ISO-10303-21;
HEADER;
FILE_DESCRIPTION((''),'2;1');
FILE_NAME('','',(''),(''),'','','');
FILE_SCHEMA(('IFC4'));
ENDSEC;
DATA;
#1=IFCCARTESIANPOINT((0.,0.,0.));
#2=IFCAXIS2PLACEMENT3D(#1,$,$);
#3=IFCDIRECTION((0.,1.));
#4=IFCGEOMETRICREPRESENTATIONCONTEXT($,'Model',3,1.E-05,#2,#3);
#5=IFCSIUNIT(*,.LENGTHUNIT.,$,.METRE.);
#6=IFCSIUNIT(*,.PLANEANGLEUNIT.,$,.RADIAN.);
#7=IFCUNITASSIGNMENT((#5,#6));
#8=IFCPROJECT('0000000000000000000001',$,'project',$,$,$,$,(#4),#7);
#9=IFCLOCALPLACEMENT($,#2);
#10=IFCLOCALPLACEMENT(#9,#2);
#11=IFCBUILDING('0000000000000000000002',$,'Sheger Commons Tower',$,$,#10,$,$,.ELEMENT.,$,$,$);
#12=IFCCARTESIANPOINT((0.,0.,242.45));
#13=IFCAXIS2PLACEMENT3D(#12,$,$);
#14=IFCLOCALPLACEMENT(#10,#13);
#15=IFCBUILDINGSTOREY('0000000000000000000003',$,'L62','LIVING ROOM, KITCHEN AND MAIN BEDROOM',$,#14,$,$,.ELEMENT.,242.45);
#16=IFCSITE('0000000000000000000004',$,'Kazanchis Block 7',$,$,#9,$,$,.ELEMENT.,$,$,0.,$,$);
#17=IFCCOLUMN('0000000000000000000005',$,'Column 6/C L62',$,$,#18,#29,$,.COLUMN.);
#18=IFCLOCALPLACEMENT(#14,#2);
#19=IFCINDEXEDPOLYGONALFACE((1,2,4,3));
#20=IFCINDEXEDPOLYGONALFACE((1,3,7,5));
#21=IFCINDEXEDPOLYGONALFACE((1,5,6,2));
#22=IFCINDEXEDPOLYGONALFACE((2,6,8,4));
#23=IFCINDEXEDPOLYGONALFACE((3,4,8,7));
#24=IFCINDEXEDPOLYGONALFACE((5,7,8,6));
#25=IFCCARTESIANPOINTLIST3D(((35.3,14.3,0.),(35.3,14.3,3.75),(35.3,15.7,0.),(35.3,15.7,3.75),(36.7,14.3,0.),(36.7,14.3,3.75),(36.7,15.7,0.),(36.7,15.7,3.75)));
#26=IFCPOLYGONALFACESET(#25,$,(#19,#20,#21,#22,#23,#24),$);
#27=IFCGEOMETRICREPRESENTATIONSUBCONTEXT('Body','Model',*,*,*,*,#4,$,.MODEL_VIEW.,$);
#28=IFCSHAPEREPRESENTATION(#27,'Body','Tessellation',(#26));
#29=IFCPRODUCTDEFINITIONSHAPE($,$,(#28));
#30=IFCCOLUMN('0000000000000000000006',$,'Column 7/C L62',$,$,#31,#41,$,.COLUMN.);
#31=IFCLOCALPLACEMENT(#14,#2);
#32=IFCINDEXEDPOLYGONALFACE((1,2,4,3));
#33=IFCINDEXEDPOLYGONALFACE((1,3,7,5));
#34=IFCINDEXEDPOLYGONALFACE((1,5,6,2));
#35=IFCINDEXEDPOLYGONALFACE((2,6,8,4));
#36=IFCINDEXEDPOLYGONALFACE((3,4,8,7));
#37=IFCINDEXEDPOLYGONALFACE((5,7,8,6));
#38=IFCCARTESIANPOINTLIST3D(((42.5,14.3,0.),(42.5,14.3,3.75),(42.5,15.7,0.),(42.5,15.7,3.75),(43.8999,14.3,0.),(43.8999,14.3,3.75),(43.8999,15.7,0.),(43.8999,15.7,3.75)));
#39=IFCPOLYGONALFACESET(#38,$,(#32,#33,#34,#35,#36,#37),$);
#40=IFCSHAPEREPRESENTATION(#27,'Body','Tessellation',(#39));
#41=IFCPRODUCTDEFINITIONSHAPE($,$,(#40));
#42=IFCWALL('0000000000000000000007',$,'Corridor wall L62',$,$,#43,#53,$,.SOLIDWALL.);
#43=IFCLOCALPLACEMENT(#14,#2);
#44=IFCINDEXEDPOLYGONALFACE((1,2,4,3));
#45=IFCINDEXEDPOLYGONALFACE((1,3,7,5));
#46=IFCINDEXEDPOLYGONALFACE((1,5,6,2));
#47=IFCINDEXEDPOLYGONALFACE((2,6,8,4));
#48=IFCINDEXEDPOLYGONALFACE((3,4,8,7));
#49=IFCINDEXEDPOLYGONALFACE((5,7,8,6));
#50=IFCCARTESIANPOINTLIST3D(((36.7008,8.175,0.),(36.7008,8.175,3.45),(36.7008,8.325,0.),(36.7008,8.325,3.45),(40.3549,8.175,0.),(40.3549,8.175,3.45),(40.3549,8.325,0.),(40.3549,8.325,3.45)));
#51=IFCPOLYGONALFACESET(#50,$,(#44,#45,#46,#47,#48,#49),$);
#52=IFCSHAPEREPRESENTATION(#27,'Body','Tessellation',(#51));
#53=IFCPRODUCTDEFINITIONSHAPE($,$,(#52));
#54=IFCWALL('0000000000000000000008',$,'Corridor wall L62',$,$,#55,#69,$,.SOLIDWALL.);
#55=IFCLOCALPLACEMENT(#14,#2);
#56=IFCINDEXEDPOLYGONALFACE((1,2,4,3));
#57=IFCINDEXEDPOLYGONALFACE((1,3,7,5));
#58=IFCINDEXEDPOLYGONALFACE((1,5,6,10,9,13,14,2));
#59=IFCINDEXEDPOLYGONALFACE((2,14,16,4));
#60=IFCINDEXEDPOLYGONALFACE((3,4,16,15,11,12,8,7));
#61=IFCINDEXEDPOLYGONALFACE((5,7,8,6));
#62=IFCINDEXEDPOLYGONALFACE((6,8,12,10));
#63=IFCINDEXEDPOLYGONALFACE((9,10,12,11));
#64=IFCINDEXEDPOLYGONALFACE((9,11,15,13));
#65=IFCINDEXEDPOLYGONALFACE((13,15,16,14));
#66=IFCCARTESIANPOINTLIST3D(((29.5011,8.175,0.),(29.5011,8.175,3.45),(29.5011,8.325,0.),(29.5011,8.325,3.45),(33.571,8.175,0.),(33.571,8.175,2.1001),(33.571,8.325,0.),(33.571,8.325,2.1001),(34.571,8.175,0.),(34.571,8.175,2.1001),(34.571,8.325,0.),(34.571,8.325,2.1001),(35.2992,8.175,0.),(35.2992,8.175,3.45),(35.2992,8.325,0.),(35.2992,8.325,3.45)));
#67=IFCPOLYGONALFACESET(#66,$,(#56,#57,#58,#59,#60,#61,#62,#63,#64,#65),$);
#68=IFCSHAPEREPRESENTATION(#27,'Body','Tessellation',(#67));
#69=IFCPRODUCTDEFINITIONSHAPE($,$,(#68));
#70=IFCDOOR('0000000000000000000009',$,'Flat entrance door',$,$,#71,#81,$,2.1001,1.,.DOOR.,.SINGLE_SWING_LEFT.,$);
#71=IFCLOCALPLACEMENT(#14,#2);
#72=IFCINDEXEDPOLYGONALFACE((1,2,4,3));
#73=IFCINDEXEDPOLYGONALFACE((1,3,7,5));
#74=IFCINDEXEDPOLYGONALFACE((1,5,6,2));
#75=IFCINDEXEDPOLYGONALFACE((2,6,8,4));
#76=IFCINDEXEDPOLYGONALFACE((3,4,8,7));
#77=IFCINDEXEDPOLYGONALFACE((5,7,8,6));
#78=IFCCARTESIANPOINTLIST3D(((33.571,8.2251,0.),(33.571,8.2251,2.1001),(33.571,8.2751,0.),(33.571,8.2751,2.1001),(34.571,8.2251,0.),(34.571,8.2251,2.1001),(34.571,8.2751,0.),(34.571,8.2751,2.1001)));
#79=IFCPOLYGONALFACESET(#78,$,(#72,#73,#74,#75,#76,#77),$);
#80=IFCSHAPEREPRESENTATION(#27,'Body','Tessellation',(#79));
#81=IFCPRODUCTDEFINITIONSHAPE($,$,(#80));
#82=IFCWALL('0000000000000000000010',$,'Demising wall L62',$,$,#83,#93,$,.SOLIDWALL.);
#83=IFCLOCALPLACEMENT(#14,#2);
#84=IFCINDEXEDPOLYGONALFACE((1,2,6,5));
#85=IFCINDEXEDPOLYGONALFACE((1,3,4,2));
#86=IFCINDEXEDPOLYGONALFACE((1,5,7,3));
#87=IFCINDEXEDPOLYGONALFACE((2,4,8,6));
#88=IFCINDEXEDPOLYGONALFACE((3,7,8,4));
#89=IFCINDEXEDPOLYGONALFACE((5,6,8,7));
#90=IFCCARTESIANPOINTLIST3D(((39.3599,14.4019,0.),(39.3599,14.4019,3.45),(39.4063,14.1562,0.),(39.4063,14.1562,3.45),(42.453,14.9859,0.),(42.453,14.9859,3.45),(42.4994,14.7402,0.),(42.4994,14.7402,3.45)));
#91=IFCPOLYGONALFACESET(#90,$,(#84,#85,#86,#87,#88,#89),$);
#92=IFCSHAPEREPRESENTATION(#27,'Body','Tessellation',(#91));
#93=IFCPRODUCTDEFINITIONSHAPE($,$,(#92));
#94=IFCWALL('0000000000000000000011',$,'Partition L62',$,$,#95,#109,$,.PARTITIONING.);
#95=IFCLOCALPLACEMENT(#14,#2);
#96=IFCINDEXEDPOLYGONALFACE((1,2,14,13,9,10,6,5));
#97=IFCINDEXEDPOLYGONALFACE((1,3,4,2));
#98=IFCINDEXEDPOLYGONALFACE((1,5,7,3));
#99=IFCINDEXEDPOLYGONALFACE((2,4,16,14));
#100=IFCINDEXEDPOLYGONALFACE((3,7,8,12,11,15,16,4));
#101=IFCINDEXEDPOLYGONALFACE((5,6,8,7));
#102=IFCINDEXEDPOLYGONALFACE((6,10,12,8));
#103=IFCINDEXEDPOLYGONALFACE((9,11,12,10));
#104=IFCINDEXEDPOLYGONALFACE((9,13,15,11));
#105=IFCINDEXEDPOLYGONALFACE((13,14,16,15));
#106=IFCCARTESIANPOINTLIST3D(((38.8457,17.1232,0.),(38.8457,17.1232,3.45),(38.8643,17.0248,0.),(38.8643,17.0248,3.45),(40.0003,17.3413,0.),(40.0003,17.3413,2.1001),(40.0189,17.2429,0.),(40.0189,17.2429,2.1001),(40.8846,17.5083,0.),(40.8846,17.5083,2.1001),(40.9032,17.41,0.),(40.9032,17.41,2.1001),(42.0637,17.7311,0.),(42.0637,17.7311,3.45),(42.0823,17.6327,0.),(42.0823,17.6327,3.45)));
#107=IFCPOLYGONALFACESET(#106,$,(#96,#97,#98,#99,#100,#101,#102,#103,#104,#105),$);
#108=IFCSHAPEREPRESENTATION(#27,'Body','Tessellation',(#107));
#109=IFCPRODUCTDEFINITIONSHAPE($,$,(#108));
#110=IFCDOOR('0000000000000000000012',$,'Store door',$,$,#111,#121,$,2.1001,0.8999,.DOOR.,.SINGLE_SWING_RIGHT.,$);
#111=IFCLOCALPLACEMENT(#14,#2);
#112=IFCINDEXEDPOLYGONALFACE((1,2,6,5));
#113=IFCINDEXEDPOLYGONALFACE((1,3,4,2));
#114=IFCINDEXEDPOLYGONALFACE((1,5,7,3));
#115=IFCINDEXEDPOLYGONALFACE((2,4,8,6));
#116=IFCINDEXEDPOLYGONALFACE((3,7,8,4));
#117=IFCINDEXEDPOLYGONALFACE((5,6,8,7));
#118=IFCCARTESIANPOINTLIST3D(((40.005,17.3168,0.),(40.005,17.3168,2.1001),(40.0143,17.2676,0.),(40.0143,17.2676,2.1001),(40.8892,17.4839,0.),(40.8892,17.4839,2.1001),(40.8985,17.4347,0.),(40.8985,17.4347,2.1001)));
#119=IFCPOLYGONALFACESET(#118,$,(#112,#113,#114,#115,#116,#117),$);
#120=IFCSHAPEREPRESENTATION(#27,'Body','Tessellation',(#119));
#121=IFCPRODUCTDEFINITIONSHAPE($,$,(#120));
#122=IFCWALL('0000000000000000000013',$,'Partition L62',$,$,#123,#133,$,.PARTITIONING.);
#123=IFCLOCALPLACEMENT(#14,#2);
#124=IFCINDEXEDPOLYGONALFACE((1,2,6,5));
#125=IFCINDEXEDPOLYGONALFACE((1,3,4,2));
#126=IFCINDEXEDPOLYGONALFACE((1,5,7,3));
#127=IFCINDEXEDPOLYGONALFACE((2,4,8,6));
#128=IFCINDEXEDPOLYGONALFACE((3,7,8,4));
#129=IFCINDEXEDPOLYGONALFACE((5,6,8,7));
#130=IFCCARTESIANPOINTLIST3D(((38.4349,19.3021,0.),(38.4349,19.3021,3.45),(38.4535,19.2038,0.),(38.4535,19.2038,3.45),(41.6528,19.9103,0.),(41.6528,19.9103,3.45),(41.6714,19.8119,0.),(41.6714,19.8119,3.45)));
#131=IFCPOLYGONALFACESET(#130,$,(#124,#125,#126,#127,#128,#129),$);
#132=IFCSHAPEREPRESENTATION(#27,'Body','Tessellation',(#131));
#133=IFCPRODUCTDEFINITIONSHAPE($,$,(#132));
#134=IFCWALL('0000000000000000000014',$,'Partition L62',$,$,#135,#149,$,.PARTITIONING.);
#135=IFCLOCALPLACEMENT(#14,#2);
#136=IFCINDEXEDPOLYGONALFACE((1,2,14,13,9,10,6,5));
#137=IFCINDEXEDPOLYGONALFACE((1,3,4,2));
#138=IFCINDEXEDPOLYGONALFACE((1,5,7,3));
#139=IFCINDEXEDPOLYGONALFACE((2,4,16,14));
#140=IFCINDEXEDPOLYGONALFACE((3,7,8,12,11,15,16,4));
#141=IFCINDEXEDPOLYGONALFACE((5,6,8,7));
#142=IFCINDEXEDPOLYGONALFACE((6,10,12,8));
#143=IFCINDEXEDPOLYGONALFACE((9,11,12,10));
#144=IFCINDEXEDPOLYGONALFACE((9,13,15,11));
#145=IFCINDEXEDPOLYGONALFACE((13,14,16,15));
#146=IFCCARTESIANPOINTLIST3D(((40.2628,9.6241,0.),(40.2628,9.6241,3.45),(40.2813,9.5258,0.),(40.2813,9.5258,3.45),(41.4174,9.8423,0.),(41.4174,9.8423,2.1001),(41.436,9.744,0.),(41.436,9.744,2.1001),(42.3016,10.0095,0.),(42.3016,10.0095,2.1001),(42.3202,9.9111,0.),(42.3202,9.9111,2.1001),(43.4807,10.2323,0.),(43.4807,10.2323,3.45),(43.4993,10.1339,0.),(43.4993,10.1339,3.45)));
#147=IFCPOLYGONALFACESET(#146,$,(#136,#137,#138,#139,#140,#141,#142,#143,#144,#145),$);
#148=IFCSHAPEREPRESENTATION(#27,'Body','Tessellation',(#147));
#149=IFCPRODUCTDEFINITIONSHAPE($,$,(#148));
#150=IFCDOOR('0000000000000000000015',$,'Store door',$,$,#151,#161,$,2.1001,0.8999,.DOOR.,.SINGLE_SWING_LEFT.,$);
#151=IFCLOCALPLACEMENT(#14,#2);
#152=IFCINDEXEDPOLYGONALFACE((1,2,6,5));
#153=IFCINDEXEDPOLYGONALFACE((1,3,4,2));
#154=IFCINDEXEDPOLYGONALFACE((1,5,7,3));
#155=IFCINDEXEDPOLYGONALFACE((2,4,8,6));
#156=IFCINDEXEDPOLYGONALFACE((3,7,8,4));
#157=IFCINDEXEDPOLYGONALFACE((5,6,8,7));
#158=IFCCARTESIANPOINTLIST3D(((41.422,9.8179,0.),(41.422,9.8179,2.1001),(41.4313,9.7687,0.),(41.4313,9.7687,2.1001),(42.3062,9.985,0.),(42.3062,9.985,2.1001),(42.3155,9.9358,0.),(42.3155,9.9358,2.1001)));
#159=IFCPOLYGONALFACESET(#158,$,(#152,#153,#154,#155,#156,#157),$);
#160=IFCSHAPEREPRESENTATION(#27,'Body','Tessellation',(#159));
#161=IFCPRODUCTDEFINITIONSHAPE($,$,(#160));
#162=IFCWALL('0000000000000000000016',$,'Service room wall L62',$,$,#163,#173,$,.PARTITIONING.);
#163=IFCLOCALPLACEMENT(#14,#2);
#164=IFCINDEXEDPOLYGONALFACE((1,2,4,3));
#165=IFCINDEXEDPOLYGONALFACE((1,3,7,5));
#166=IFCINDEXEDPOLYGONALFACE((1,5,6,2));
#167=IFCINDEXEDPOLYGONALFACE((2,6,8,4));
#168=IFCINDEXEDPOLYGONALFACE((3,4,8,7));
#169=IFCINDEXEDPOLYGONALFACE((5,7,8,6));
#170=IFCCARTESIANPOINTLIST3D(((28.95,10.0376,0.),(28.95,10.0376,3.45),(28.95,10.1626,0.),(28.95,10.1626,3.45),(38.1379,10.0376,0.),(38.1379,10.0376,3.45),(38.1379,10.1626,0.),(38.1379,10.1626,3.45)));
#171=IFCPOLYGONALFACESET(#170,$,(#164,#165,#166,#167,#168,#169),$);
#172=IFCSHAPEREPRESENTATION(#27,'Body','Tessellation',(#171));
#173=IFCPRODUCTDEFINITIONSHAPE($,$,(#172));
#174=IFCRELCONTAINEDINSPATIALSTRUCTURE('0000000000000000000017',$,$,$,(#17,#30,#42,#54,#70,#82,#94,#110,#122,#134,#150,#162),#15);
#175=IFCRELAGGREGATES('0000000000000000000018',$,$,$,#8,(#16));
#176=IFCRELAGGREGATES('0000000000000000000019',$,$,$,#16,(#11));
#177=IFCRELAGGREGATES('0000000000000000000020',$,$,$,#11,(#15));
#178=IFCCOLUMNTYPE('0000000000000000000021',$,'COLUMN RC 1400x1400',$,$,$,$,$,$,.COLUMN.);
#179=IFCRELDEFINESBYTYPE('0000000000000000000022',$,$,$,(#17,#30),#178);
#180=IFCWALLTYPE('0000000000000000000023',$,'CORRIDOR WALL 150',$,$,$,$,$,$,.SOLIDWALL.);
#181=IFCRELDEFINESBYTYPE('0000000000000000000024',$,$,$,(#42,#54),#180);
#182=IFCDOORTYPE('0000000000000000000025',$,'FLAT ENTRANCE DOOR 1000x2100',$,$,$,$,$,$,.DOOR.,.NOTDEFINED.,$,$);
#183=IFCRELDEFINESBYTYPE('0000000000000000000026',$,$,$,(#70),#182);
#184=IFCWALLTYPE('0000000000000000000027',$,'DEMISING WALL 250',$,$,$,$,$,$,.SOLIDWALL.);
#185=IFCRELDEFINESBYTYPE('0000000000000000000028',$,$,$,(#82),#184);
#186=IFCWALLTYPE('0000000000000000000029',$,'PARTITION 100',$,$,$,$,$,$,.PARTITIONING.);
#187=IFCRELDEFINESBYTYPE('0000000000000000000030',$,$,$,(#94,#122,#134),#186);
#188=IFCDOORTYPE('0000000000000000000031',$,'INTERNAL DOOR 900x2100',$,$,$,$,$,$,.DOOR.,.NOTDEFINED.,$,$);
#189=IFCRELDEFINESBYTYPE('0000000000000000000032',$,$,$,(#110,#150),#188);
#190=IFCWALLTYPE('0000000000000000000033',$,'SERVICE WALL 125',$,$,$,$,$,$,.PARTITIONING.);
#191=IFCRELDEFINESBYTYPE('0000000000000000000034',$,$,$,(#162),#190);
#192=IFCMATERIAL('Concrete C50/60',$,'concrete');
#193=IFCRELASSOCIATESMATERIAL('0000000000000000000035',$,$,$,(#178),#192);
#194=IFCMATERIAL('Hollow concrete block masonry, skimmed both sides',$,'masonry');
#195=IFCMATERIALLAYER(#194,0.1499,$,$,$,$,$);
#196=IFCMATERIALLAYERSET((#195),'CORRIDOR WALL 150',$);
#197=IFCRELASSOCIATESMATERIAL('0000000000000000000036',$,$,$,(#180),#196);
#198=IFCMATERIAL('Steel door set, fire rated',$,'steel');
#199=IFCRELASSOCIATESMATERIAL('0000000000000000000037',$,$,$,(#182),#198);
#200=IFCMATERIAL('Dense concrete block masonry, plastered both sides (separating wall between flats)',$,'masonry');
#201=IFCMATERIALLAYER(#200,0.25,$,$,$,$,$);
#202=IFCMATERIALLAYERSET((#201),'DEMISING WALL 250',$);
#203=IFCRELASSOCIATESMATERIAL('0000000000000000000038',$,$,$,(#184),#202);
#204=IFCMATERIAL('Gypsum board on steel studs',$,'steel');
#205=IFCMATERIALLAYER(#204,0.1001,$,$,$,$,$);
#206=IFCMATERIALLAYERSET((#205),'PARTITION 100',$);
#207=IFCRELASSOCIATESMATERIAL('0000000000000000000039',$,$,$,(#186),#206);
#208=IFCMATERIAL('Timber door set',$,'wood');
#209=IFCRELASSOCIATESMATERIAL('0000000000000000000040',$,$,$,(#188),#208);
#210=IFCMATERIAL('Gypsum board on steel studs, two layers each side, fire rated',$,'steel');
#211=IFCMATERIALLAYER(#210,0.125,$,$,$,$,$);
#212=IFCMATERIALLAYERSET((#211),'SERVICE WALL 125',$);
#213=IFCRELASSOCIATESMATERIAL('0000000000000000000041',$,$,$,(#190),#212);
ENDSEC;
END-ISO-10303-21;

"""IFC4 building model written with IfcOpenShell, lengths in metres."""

from ifc_helpers import new_model, si_unit, direction, frame, frame_2d, origin, origin_2d, place, context, subcontext, project, spatial, rectangle, extrude, material, layer, layer_set, material_profile, profile_set, type_object, element, fill, save


model = new_model("IFC4")

# Units and contexts
model_context = context("Model", 3, precision=1e-05, world=origin(), true_north=direction((0.0, 1.0)))
body_context = subcontext(model_context, "Body", "Model", "MODEL_VIEW")
ifc_project = project(units=[si_unit("LENGTHUNIT", "METRE"), si_unit("PLANEANGLEUNIT", "RADIAN")], contexts=[model_context])

# Site, building, storey
site_placement = place(None, origin())
site = spatial("IfcSite", under=ifc_project, at=site_placement, Name="Kazanchis Block 7", CompositionType="ELEMENT", RefElevation=0.0)
building_placement = place(site_placement, origin())
building = spatial("IfcBuilding", under=site, at=building_placement, Name="Sheger Commons Tower", CompositionType="ELEMENT")
storey_placement = place(building_placement, frame((0.0, 0.0, 242.45)))
storey = spatial("IfcBuildingStorey", under=building, at=storey_placement, Name="L62", Description="LIVING ROOM, KITCHEN AND MAIN BEDROOM", CompositionType="ELEMENT", Elevation=242.45)

# Columns
ifc_material_1 = material(Name="Concrete C50/60", Category="concrete")
ifc_material_profile = material_profile(ifc_material_1, rectangle(XDim=1.3999, YDim=1.3999, at=origin_2d()), Name="RC 1400x1400")
ifc_profile_set = profile_set([ifc_material_profile], Name="Concrete C50/60")
column_type = type_object("IfcColumnType", Name="COLUMN RC 1400x1400", PredefinedType="COLUMN", material=ifc_profile_set)
for number, where, z_axis, x_axis, name in (
    (1, (36.0, 15.0, 0.0), (0.0, 0.0, 1.0), (1.0, 0.0, 0.0), "Column 6/C L62"),
    (2, (43.2, 15.0, 0.0), (0.0, 0.0, 1.0), (1.0, 0.0, 0.0), "Column 7/C L62"),
):
    element("IfcColumn", number, at=place(storey_placement, frame(where, z_axis=z_axis, x_axis=x_axis)), inside=storey, type_object=column_type, Name=name, PredefinedType="COLUMN", context=body_context, shape_type="SweptSolid", body=[
        extrude(rectangle(XDim=1.3999, YDim=1.3999, at=origin_2d()), origin(), (0.0, 0.0, 1.0), 3.75),
    ])

# Wall
ifc_material_2 = material(Name="Hollow concrete block masonry, skimmed both sides", Category="masonry")
ifc_layer_1 = layer(ifc_material_2, 0.1499)
ifc_layer_set_1 = layer_set([ifc_layer_1], Name="CORRIDOR WALL 150")
wall_type_1 = type_object("IfcWallType", Name="CORRIDOR WALL 150", PredefinedType="SOLIDWALL", material=ifc_layer_set_1)
wall_1_placement = place(storey_placement, frame((40.355, 8.25, 0.0), z_axis=(0.0, 0.0, 1.0), x_axis=(-1.0, 0.0, 0.0)))
element("IfcWall", 3, at=wall_1_placement, inside=storey, type_object=wall_type_1, Name="Corridor wall L62", PredefinedType="SOLIDWALL", context=body_context, shape_type="SweptSolid", body=[
    extrude(rectangle(XDim=3.6541, YDim=0.1499, at=frame_2d((1.8271, 0.0))), origin(), (0.0, 0.0, 1.0), 3.45),
])

# Wall, opening, door
wall_2_placement = place(storey_placement, frame((35.2991, 8.25, 0.0), z_axis=(0.0, 0.0, 1.0), x_axis=(-1.0, 0.0, 0.0)))
wall_2 = element("IfcWall", 4, at=wall_2_placement, inside=storey, type_object=wall_type_1, Name="Corridor wall L62", PredefinedType="SOLIDWALL", context=body_context, shape_type="SweptSolid", body=[
    extrude(rectangle(XDim=5.7981, YDim=0.1499, at=frame_2d((2.8989, 0.0))), origin(), (0.0, 0.0, 1.0), 3.45),
])
opening_1_placement = place(wall_2_placement, frame((0.728, 0.0, 0.0)))
opening_1 = element("IfcOpeningElement", 5, at=opening_1_placement, cuts=wall_2, PredefinedType="OPENING", context=body_context, shape_type="SweptSolid", body=[
    extrude(rectangle(XDim=1.0, YDim=2.1001, at=frame_2d((0.5, 1.05))), frame((0.0, 0.085, 0.0), z_axis=(0.0, -1.0, 0.0), x_axis=(1.0, 0.0, 0.0)), (0.0, 0.0, 1.0), 0.1699),
])
ifc_material_3 = material(Name="Steel door set, fire rated", Category="steel")
door_type_1 = type_object("IfcDoorType", Name="FLAT ENTRANCE DOOR 1000x2100", OperationType="NOTDEFINED", PredefinedType="DOOR", material=ifc_material_3)
door_1_placement = place(opening_1_placement, origin())
door_1 = element("IfcDoor", 6, at=door_1_placement, inside=storey, type_object=door_type_1, Name="Flat entrance door", OperationType="SINGLE_SWING_LEFT", OverallHeight=2.1001, OverallWidth=1.0, PredefinedType="DOOR", context=body_context, shape_type="SweptSolid", body=[
    extrude(rectangle(XDim=1.0, YDim=2.1001, at=frame_2d((0.5, 1.05))), frame((0.0, 0.0249, 0.0), z_axis=(0.0, -1.0, 0.0), x_axis=(1.0, 0.0, 0.0)), (0.0, 0.0, 1.0), 0.05),
])
fill(opening_1, door_1)

# Wall
ifc_material_4 = material(Name="Dense concrete block masonry, plastered both sides (separating wall between flats)", Category="masonry")
ifc_layer_2 = layer(ifc_material_4, 0.25)
ifc_layer_set_2 = layer_set([ifc_layer_2], Name="DEMISING WALL 250")
wall_type_2 = type_object("IfcWallType", Name="DEMISING WALL 250", PredefinedType="SOLIDWALL", material=ifc_layer_set_2)
wall_3_placement = place(storey_placement, frame((42.4761, 14.863, 0.0), z_axis=(0.0, 0.0, 1.0), x_axis=(-0.982639, -0.185529, 0.0)))
element("IfcWall", 7, at=wall_3_placement, inside=storey, type_object=wall_type_2, Name="Demising wall L62", PredefinedType="SOLIDWALL", context=body_context, shape_type="SweptSolid", body=[
    extrude(rectangle(XDim=3.1477, YDim=0.25, at=frame_2d((1.5737, 0.0))), origin(), (0.0, 0.0, 1.0), 3.45),
])

# Wall, opening, door
ifc_material_5 = material(Name="Gypsum board on steel studs", Category="steel")
ifc_layer_3 = layer(ifc_material_5, 0.1001)
ifc_layer_set_3 = layer_set([ifc_layer_3], Name="PARTITION 100")
wall_type_3 = type_object("IfcWallType", Name="PARTITION 100", PredefinedType="PARTITIONING", material=ifc_layer_set_3)
wall_4_placement = place(storey_placement, frame((42.073, 17.6819, 0.0), z_axis=(0.0, 0.0, 1.0), x_axis=(-0.982621, -0.185625, 0.0)))
wall_4 = element("IfcWall", 8, at=wall_4_placement, inside=storey, type_object=wall_type_3, Name="Partition L62", PredefinedType="PARTITIONING", context=body_context, shape_type="SweptSolid", body=[
    extrude(rectangle(XDim=3.2749, YDim=0.1001, at=frame_2d((1.6375, 0.0))), origin(), (0.0, 0.0, 1.0), 3.45),
])
opening_2_placement = place(wall_4_placement, frame((1.2, 0.0, 0.0)))
opening_2 = element("IfcOpeningElement", 9, at=opening_2_placement, cuts=wall_4, PredefinedType="OPENING", context=body_context, shape_type="SweptSolid", body=[
    extrude(rectangle(XDim=0.8999, YDim=2.1001, at=frame_2d((0.45, 1.05))), frame((0.0, 0.0601, 0.0), z_axis=(0.0, -1.0, 0.0), x_axis=(1.0, 0.0, 0.0)), (0.0, 0.0, 1.0), 0.1201),
])
ifc_material_6 = material(Name="Timber door set", Category="wood")
door_type_2 = type_object("IfcDoorType", Name="INTERNAL DOOR 900x2100", OperationType="NOTDEFINED", PredefinedType="DOOR", material=ifc_material_6)
door_2_placement = place(opening_2_placement, origin())
door_2 = element("IfcDoor", 10, at=door_2_placement, inside=storey, type_object=door_type_2, Name="Store door", OperationType="SINGLE_SWING_RIGHT", OverallHeight=2.1001, OverallWidth=0.8999, PredefinedType="DOOR", context=body_context, shape_type="SweptSolid", body=[
    extrude(rectangle(XDim=0.8999, YDim=2.1001, at=frame_2d((0.45, 1.05))), frame((0.0, 0.0249, 0.0), z_axis=(0.0, -1.0, 0.0), x_axis=(1.0, 0.0, 0.0)), (0.0, 0.0, 1.0), 0.05),
])
fill(opening_2, door_2)

# Wall
wall_5_placement = place(storey_placement, frame((41.6621, 19.8611, 0.0), z_axis=(0.0, 0.0, 1.0), x_axis=(-0.982607, -0.185697, 0.0)))
element("IfcWall", 11, at=wall_5_placement, inside=storey, type_object=wall_type_3, Name="Partition L62", PredefinedType="PARTITIONING", context=body_context, shape_type="SweptSolid", body=[
    extrude(rectangle(XDim=3.2749, YDim=0.1001, at=frame_2d((1.6375, 0.0))), origin(), (0.0, 0.0, 1.0), 3.45),
])

# Wall, opening, door
wall_6_placement = place(storey_placement, frame((43.49, 10.1831, 0.0), z_axis=(0.0, 0.0, 1.0), x_axis=(-0.982607, -0.185697, 0.0)))
wall_6 = element("IfcWall", 12, at=wall_6_placement, inside=storey, type_object=wall_type_3, Name="Partition L62", PredefinedType="PARTITIONING", context=body_context, shape_type="SweptSolid", body=[
    extrude(rectangle(XDim=3.2749, YDim=0.1001, at=frame_2d((1.6375, 0.0))), origin(), (0.0, 0.0, 1.0), 3.45),
])
opening_3_placement = place(wall_6_placement, frame((1.2, 0.0, 0.0)))
opening_3 = element("IfcOpeningElement", 13, at=opening_3_placement, cuts=wall_6, PredefinedType="OPENING", context=body_context, shape_type="SweptSolid", body=[
    extrude(rectangle(XDim=0.8999, YDim=2.1001, at=frame_2d((0.45, 1.05))), frame((0.0, 0.0601, 0.0), z_axis=(0.0, -1.0, 0.0), x_axis=(1.0, 0.0, 0.0)), (0.0, 0.0, 1.0), 0.1201),
])
door_3_placement = place(opening_3_placement, origin())
door_3 = element("IfcDoor", 14, at=door_3_placement, inside=storey, type_object=door_type_2, Name="Store door", OperationType="SINGLE_SWING_LEFT", OverallHeight=2.1001, OverallWidth=0.8999, PredefinedType="DOOR", context=body_context, shape_type="SweptSolid", body=[
    extrude(rectangle(XDim=0.8999, YDim=2.1001, at=frame_2d((0.45, 1.05))), frame((0.0, 0.0249, 0.0), z_axis=(0.0, -1.0, 0.0), x_axis=(1.0, 0.0, 0.0)), (0.0, 0.0, 1.0), 0.05),
])
fill(opening_3, door_3)

# Wall
ifc_material_7 = material(Name="Gypsum board on steel studs, two layers each side, fire rated", Category="steel")
ifc_layer_4 = layer(ifc_material_7, 0.125)
ifc_layer_set_4 = layer_set([ifc_layer_4], Name="SERVICE WALL 125")
wall_type_4 = type_object("IfcWallType", Name="SERVICE WALL 125", PredefinedType="PARTITIONING", material=ifc_layer_set_4)
wall_7_placement = place(storey_placement, frame((28.95, 10.1001, 0.0), z_axis=(0.0, 0.0, 1.0), x_axis=(1.0, 0.0, 0.0)))
element("IfcWall", 15, at=wall_7_placement, inside=storey, type_object=wall_type_4, Name="Service room wall L62", PredefinedType="PARTITIONING", context=body_context, shape_type="SweptSolid", body=[
    extrude(rectangle(XDim=9.188, YDim=0.125, at=frame_2d((4.594, 0.0))), origin(), (0.0, 0.0, 1.0), 3.45),
])

save(model, "model.ifc")
